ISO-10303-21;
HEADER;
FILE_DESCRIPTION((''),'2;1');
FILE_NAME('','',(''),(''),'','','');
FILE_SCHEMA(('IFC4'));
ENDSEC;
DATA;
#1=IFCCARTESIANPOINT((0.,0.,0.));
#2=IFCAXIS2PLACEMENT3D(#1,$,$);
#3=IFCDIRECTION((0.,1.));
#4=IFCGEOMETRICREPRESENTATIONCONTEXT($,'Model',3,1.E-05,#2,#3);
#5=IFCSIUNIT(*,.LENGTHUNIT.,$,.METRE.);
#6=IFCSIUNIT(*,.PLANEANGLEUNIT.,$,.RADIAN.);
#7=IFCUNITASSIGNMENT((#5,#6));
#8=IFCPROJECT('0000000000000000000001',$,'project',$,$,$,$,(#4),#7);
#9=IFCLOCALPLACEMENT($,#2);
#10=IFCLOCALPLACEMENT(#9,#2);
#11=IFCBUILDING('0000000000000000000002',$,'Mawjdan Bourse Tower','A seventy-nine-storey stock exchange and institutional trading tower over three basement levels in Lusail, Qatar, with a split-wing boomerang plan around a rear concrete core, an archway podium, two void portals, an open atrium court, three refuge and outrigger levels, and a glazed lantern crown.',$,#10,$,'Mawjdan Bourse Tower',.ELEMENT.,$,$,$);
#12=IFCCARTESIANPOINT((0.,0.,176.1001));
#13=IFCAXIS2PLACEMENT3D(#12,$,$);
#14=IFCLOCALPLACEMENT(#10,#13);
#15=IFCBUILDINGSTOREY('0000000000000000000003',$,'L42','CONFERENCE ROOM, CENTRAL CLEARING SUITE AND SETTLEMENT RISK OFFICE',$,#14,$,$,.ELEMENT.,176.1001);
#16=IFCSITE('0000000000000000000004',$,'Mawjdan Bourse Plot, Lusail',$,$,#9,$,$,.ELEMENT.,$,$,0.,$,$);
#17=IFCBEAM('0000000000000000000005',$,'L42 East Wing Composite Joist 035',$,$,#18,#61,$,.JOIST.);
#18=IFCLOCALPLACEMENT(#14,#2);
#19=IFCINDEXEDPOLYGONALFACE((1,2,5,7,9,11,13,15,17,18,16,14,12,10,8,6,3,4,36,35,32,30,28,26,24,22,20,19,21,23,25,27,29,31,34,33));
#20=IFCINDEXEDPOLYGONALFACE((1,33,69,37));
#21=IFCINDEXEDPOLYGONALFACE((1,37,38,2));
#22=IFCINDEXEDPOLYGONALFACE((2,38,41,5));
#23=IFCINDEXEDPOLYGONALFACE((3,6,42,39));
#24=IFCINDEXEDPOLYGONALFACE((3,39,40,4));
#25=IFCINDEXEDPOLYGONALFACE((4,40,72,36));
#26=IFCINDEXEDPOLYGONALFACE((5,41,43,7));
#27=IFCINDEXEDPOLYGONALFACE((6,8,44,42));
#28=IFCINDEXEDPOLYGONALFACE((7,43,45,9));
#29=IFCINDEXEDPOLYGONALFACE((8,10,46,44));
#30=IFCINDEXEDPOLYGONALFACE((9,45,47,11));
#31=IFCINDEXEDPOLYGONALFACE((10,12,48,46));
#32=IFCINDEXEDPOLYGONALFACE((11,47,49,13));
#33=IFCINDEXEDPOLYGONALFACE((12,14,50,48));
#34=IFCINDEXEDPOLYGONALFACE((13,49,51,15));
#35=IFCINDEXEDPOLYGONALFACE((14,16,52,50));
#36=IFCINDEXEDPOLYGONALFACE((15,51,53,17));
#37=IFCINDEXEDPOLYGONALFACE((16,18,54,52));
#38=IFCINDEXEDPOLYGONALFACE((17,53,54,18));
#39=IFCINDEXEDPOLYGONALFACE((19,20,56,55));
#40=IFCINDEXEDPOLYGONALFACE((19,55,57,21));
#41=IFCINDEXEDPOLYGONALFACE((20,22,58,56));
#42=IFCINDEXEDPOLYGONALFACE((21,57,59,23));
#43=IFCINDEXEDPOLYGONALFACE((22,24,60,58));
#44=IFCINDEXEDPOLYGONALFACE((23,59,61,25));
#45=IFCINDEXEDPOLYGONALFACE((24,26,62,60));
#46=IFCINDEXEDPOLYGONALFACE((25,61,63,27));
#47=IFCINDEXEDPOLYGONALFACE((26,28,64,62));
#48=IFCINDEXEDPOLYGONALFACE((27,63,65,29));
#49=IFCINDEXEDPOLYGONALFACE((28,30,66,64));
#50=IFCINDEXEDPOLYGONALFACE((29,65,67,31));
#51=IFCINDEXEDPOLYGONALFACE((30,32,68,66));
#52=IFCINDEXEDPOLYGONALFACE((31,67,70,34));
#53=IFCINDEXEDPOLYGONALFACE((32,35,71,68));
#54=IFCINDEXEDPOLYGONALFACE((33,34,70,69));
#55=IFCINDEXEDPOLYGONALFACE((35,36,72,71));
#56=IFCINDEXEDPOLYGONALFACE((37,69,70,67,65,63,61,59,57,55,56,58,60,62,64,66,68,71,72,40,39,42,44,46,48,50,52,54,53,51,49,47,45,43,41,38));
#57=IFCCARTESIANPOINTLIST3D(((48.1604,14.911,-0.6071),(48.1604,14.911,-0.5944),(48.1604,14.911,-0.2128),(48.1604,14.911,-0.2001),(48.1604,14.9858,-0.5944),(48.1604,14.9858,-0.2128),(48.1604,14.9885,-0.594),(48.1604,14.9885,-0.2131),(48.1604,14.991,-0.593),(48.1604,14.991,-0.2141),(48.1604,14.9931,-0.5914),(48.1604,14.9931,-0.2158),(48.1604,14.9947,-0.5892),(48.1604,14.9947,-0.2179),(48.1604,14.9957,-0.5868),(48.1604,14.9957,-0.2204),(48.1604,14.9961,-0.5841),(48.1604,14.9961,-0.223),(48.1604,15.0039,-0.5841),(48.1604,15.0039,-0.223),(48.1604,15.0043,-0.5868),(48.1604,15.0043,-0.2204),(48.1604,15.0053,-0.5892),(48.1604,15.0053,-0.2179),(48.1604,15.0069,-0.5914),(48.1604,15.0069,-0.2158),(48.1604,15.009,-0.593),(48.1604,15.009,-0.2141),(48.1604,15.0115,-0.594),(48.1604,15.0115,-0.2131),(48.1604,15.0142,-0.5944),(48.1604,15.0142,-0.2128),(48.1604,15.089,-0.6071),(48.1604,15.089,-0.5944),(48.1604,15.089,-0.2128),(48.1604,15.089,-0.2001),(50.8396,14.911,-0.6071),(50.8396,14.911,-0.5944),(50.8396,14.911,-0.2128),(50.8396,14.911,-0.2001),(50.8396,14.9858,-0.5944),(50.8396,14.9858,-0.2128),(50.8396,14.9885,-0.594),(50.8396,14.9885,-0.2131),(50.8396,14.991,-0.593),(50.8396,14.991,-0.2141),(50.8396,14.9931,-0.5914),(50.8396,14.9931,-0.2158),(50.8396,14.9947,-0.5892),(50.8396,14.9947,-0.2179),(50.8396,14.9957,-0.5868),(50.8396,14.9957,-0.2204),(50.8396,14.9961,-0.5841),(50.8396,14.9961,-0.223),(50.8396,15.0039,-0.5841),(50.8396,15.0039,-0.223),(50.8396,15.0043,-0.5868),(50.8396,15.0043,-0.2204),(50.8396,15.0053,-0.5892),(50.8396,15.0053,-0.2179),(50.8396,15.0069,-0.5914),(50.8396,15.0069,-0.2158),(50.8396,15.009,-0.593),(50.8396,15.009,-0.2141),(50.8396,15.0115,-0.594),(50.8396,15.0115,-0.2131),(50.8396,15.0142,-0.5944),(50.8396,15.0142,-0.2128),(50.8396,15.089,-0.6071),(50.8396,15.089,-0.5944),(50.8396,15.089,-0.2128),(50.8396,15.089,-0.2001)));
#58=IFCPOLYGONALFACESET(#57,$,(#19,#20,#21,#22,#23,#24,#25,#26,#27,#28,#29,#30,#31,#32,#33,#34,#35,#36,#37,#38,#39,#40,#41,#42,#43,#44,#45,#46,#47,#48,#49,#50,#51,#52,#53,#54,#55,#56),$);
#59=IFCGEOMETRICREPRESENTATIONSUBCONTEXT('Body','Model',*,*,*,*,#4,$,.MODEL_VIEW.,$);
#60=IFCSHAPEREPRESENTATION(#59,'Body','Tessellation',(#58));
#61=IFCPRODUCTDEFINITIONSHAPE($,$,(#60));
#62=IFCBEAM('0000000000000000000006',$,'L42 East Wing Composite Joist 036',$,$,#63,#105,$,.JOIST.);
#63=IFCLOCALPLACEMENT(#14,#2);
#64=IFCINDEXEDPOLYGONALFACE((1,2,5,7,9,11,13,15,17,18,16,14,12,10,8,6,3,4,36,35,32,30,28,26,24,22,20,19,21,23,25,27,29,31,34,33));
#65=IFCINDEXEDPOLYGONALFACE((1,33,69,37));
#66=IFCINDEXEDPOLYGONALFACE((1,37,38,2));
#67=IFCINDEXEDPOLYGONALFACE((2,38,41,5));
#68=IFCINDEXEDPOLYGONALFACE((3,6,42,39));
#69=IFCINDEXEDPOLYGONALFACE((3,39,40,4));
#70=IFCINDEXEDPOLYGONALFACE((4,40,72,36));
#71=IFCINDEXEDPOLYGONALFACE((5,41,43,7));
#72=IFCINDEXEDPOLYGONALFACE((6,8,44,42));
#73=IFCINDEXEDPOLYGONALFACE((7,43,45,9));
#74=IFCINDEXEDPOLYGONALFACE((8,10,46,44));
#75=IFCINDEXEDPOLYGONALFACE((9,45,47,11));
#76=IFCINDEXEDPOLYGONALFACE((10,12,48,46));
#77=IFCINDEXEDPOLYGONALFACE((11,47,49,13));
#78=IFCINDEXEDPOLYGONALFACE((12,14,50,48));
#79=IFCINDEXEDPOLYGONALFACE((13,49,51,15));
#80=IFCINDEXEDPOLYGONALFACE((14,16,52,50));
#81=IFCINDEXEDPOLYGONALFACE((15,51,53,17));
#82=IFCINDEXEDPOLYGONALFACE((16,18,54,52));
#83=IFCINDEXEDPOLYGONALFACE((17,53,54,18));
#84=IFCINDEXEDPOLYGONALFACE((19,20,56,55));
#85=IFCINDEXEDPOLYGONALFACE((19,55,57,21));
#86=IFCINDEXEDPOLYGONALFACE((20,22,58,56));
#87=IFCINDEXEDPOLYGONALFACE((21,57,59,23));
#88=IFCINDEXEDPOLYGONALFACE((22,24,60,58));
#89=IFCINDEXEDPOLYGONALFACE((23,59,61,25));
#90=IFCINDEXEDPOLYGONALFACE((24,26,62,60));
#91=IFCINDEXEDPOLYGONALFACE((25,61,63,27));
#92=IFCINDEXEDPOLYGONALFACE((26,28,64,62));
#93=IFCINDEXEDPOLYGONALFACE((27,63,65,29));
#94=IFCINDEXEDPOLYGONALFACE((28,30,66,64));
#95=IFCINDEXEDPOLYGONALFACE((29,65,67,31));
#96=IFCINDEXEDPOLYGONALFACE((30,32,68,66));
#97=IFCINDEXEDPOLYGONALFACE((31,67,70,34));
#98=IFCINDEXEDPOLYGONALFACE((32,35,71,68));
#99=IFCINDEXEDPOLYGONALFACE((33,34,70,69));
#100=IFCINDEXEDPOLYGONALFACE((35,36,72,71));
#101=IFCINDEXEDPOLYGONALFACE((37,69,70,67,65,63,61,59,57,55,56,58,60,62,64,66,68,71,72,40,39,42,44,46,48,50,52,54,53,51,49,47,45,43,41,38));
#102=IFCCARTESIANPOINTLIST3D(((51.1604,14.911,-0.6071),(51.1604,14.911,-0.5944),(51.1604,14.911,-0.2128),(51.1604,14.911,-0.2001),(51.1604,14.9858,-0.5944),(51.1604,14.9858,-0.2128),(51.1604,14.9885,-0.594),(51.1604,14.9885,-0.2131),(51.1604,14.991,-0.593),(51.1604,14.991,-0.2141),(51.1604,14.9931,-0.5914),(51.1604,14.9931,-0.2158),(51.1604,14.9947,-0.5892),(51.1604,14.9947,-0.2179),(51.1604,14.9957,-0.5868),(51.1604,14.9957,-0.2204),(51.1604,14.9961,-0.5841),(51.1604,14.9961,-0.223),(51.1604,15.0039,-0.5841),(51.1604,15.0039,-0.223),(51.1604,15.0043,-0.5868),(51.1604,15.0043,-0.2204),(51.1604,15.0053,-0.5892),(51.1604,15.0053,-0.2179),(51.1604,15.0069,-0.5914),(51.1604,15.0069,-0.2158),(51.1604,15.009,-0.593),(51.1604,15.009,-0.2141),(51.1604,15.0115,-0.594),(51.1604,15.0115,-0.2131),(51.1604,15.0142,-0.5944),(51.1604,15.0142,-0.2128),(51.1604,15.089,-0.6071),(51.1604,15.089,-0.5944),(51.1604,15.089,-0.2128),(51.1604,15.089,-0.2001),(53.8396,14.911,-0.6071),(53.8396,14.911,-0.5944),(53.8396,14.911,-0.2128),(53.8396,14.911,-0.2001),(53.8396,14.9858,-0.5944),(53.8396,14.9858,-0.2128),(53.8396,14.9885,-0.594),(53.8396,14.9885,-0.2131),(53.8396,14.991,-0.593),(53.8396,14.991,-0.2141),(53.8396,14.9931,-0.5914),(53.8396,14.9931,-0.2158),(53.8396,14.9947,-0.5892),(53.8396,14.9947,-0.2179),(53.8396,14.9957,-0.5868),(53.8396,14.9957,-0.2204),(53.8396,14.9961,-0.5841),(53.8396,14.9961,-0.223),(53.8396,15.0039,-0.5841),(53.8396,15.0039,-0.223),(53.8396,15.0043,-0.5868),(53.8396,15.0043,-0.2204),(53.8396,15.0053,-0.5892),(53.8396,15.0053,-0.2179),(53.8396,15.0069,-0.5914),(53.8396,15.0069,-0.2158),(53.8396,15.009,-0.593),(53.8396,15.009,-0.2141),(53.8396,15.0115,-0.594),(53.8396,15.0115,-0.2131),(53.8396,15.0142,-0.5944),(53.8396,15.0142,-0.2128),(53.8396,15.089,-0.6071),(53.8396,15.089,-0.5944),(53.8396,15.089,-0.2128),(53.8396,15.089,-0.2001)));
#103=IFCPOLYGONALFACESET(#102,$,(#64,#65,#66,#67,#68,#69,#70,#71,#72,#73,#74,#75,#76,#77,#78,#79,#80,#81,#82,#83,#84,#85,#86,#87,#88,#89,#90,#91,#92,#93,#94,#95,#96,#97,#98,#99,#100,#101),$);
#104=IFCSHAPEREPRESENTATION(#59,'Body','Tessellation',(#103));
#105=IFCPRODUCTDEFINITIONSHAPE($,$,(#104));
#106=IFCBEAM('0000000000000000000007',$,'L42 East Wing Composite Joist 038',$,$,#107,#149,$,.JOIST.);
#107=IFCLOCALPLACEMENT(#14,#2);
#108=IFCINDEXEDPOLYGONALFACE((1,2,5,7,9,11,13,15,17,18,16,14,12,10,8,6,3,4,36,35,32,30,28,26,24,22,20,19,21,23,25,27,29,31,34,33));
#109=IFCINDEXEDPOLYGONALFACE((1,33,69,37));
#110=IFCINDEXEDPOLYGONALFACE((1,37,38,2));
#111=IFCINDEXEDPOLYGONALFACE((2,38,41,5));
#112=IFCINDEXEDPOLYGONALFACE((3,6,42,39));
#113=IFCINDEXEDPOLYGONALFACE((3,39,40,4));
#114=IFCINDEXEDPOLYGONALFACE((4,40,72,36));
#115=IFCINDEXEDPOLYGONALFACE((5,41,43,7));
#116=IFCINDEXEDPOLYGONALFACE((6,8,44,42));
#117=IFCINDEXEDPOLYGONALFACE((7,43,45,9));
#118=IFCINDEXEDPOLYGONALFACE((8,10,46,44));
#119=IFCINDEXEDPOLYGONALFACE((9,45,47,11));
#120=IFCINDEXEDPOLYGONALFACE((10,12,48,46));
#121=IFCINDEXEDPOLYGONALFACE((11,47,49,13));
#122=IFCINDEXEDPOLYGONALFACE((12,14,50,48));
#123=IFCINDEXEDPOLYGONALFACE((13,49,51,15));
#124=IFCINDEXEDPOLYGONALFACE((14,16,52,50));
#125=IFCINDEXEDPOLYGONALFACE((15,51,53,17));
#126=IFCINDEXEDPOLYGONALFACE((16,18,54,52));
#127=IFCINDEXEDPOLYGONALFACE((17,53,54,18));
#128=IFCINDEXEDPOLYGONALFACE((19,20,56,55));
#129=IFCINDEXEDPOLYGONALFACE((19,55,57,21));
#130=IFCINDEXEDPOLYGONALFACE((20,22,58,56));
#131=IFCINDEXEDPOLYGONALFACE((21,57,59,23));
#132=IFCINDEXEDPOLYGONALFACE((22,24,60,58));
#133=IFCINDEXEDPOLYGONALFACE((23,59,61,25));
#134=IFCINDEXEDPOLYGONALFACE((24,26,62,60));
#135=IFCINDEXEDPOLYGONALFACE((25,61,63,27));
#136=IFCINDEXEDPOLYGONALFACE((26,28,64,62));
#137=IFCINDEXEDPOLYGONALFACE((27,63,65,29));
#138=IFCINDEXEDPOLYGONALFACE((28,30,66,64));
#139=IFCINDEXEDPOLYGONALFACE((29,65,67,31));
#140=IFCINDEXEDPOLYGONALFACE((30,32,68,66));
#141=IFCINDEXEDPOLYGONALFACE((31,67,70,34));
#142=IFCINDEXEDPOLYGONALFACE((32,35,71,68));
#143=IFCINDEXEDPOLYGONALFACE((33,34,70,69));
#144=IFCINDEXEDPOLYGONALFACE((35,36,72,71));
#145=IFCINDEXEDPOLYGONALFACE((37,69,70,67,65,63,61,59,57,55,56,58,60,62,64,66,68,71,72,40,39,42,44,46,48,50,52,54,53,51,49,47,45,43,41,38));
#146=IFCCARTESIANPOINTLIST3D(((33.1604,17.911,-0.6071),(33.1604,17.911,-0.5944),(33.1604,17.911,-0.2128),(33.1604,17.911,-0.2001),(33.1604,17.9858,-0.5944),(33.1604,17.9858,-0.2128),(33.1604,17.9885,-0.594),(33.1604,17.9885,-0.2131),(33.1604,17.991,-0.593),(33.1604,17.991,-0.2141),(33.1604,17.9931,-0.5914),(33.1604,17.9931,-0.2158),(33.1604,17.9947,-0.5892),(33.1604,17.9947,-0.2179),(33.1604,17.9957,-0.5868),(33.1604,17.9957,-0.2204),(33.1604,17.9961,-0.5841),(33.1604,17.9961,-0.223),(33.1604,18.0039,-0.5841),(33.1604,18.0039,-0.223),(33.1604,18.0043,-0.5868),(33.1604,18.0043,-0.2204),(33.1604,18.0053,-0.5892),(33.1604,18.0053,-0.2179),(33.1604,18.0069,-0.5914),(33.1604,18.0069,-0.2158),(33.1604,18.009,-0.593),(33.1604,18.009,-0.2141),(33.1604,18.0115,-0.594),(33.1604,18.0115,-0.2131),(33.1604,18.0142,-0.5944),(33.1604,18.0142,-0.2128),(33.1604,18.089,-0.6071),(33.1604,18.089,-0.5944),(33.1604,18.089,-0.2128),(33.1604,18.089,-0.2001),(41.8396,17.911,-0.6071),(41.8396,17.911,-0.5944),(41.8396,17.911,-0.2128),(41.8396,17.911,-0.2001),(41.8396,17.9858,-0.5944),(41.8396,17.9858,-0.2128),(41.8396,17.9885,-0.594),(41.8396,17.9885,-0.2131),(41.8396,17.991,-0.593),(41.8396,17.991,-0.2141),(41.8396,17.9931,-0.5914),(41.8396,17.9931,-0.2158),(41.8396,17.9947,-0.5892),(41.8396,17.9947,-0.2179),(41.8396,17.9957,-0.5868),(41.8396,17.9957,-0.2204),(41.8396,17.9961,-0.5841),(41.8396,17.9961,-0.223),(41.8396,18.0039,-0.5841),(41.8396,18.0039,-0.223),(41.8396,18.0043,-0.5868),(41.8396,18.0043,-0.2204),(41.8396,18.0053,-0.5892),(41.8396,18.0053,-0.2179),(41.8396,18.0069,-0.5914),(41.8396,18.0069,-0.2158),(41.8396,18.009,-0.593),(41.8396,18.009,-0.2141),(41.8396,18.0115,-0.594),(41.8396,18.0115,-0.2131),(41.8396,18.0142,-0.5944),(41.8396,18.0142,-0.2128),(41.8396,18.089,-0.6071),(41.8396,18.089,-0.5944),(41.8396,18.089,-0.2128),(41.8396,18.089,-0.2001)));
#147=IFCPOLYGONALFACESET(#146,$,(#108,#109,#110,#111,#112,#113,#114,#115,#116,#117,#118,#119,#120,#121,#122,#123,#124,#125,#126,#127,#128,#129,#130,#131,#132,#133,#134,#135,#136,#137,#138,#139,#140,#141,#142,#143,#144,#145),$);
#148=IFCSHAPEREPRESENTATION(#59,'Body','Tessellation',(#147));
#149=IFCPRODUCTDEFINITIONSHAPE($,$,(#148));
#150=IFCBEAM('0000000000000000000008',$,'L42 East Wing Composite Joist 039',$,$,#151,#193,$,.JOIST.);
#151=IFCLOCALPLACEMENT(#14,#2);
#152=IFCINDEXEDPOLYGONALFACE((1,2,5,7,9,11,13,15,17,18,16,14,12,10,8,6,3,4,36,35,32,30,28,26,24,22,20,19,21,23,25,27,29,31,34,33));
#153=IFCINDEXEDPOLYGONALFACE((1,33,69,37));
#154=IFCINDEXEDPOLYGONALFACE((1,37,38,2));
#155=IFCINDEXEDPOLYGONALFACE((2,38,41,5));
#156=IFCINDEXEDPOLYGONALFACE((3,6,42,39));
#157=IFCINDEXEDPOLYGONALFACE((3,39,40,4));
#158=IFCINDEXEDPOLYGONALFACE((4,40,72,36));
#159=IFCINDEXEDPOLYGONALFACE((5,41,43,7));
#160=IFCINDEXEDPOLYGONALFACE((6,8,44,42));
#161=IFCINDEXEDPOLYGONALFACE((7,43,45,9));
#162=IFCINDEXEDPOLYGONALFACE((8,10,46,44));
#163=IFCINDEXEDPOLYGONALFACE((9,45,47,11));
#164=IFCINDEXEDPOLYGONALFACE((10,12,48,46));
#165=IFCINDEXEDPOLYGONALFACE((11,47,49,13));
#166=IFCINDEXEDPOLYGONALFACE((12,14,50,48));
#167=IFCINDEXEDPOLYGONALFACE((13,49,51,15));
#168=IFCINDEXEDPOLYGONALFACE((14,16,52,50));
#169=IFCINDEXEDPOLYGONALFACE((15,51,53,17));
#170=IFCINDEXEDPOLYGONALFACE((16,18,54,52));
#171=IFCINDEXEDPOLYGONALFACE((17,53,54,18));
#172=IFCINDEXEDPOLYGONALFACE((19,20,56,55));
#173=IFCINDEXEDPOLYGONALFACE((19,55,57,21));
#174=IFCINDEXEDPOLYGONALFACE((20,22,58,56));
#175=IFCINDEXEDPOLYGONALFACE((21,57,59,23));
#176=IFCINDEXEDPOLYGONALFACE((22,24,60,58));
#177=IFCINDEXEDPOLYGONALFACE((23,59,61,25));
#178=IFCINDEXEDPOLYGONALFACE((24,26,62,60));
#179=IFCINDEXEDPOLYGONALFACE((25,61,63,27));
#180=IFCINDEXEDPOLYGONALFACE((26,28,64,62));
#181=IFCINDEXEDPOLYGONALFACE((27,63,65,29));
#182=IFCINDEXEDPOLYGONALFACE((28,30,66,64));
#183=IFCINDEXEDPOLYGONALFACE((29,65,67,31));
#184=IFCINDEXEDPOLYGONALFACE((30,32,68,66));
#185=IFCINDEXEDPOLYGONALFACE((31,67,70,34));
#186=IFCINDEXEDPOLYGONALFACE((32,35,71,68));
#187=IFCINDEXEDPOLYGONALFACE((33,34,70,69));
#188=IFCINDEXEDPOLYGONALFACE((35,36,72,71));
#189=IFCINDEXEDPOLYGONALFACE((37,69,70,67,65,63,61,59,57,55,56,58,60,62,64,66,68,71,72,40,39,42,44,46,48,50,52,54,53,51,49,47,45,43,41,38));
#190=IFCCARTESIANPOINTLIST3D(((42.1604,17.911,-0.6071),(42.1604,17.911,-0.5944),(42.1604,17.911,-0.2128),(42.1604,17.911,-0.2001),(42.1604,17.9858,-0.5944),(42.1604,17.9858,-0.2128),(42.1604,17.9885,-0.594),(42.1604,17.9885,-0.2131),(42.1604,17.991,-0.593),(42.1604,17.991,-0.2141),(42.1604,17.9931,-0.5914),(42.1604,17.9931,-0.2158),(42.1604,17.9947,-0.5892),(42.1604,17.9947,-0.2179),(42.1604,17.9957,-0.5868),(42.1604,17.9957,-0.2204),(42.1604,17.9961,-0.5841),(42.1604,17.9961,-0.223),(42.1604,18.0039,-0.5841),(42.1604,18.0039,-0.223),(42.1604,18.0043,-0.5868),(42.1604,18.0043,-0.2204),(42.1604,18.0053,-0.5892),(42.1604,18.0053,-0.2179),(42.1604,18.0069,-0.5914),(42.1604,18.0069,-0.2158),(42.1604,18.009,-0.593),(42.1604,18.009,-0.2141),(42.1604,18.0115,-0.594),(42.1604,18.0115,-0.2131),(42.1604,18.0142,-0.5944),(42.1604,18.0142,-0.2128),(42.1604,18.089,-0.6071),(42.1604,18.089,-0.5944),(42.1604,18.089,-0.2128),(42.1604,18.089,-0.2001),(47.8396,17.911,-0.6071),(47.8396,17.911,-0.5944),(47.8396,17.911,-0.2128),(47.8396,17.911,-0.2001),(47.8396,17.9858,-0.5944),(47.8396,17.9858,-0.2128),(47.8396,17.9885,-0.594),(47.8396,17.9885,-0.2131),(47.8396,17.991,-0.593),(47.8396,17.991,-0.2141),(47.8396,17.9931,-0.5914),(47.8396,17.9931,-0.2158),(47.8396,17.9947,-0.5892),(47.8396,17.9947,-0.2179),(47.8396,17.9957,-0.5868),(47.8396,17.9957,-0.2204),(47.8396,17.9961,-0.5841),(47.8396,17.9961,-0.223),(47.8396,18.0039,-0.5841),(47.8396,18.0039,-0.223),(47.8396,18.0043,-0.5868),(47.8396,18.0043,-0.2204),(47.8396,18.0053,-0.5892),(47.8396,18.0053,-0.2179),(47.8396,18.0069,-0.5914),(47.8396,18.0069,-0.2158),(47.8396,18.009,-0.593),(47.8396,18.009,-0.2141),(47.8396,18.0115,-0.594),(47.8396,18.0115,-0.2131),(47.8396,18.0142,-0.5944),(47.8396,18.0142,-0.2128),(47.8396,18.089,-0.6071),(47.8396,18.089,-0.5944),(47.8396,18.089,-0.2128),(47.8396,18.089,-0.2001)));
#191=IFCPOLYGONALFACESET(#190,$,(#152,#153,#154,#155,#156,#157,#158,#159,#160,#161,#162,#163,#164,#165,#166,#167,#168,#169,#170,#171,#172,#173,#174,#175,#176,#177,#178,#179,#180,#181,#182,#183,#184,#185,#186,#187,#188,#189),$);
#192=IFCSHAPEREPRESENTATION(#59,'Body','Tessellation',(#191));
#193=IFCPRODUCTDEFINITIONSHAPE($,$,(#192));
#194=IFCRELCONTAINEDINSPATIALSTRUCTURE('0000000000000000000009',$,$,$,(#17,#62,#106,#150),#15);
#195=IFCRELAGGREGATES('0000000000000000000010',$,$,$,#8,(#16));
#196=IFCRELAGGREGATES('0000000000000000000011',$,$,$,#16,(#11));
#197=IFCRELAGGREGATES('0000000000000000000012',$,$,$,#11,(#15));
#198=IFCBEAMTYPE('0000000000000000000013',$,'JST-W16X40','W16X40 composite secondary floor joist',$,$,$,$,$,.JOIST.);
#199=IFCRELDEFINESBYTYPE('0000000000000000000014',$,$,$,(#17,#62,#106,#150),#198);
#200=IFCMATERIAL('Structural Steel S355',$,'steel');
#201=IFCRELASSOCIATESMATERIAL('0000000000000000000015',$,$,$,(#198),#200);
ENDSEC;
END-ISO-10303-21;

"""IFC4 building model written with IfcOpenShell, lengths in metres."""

from ifc_helpers import new_model, si_unit, direction, frame, origin, origin_2d, place, context, subcontext, project, spatial, i_section, extrude, material, material_profile, profile_set, type_object, element, save


model = new_model("IFC4")

# Units and contexts
model_context = context("Model", 3, precision=1e-05, world=origin(), true_north=direction((0.0, 1.0)))
body_context = subcontext(model_context, "Body", "Model", "MODEL_VIEW")
ifc_project = project(units=[si_unit("LENGTHUNIT", "METRE"), si_unit("PLANEANGLEUNIT", "RADIAN")], contexts=[model_context])

# Site, building, storey
site_placement = place(None, origin())
site = spatial("IfcSite", under=ifc_project, at=site_placement, Name="Mawjdan Bourse Plot, Lusail", CompositionType="ELEMENT", RefElevation=0.0)
building_placement = place(site_placement, origin())
building = spatial("IfcBuilding", under=site, at=building_placement, Name="Mawjdan Bourse Tower", Description="A seventy-nine-storey stock exchange and institutional trading tower over three basement levels in Lusail, Qatar, with a split-wing boomerang plan around a rear concrete core, an archway podium, two void portals, an open atrium court, three refuge and outrigger levels, and a glazed lantern crown.", LongName="Mawjdan Bourse Tower", CompositionType="ELEMENT")
storey_placement = place(building_placement, frame((0.0, 0.0, 176.1001)))
storey = spatial("IfcBuildingStorey", under=building, at=storey_placement, Name="L42", Description="CONFERENCE ROOM, CENTRAL CLEARING SUITE AND SETTLEMENT RISK OFFICE", CompositionType="ELEMENT", Elevation=176.1001)

# Beams
ifc_material_1 = material(Name="Structural Steel S355", Category="steel")
ifc_material_profile_1 = material_profile(ifc_material_1, i_section(OverallWidth=0.178, OverallDepth=0.407, WebThickness=0.0078, FlangeThickness=0.0127, FilletRadius=0.0103, at=origin_2d()), Name="W16X40")
ifc_profile_set_1 = profile_set([ifc_material_profile_1], Name="Structural Steel S355")
beam_type_1 = type_object("IfcBeamType", Name="JST-W16X40", Description="W16X40 composite secondary floor joist", PredefinedType="JOIST", material=ifc_profile_set_1)
for number, where, z_axis, x_axis, name in (
    (1, (48.1604, 15.0, -0.4036), (1.0, 0.0, 0.0), (0.0, 1.0, 0.0), "L42 East Wing Composite Joist 035"),
    (2, (51.1604, 15.0, -0.4036), (1.0, 0.0, 0.0), (0.0, 1.0, 0.0), "L42 East Wing Composite Joist 036"),
):
    element("IfcBeam", number, at=place(storey_placement, frame(where, z_axis=z_axis, x_axis=x_axis)), inside=storey, type_object=beam_type_1, Name=name, PredefinedType="JOIST", context=body_context, shape_type="SweptSolid", body=[
        extrude(i_section(OverallWidth=0.178, OverallDepth=0.407, WebThickness=0.0078, FlangeThickness=0.0127, FilletRadius=0.0103, at=origin_2d()), origin(), (0.0, 0.0, 1.0), 2.6792),
    ])
beam_1_placement = place(storey_placement, frame((33.1604, 18.0, -0.4036), z_axis=(1.0, 0.0, 0.0), x_axis=(0.0, 1.0, 0.0)))
element("IfcBeam", 3, at=beam_1_placement, inside=storey, type_object=beam_type_1, Name="L42 East Wing Composite Joist 038", PredefinedType="JOIST", context=body_context, shape_type="SweptSolid", body=[
    extrude(i_section(OverallWidth=0.178, OverallDepth=0.407, WebThickness=0.0078, FlangeThickness=0.0127, FilletRadius=0.0103, at=origin_2d()), origin(), (0.0, 0.0, 1.0), 8.6792),
])
beam_2_placement = place(storey_placement, frame((42.1604, 18.0, -0.4036), z_axis=(1.0, 0.0, 0.0), x_axis=(0.0, 1.0, 0.0)))
element("IfcBeam", 4, at=beam_2_placement, inside=storey, type_object=beam_type_1, Name="L42 East Wing Composite Joist 039", PredefinedType="JOIST", context=body_context, shape_type="SweptSolid", body=[
    extrude(i_section(OverallWidth=0.178, OverallDepth=0.407, WebThickness=0.0078, FlangeThickness=0.0127, FilletRadius=0.0103, at=origin_2d()), origin(), (0.0, 0.0, 1.0), 5.6792),
])

save(model, "model.ifc")
